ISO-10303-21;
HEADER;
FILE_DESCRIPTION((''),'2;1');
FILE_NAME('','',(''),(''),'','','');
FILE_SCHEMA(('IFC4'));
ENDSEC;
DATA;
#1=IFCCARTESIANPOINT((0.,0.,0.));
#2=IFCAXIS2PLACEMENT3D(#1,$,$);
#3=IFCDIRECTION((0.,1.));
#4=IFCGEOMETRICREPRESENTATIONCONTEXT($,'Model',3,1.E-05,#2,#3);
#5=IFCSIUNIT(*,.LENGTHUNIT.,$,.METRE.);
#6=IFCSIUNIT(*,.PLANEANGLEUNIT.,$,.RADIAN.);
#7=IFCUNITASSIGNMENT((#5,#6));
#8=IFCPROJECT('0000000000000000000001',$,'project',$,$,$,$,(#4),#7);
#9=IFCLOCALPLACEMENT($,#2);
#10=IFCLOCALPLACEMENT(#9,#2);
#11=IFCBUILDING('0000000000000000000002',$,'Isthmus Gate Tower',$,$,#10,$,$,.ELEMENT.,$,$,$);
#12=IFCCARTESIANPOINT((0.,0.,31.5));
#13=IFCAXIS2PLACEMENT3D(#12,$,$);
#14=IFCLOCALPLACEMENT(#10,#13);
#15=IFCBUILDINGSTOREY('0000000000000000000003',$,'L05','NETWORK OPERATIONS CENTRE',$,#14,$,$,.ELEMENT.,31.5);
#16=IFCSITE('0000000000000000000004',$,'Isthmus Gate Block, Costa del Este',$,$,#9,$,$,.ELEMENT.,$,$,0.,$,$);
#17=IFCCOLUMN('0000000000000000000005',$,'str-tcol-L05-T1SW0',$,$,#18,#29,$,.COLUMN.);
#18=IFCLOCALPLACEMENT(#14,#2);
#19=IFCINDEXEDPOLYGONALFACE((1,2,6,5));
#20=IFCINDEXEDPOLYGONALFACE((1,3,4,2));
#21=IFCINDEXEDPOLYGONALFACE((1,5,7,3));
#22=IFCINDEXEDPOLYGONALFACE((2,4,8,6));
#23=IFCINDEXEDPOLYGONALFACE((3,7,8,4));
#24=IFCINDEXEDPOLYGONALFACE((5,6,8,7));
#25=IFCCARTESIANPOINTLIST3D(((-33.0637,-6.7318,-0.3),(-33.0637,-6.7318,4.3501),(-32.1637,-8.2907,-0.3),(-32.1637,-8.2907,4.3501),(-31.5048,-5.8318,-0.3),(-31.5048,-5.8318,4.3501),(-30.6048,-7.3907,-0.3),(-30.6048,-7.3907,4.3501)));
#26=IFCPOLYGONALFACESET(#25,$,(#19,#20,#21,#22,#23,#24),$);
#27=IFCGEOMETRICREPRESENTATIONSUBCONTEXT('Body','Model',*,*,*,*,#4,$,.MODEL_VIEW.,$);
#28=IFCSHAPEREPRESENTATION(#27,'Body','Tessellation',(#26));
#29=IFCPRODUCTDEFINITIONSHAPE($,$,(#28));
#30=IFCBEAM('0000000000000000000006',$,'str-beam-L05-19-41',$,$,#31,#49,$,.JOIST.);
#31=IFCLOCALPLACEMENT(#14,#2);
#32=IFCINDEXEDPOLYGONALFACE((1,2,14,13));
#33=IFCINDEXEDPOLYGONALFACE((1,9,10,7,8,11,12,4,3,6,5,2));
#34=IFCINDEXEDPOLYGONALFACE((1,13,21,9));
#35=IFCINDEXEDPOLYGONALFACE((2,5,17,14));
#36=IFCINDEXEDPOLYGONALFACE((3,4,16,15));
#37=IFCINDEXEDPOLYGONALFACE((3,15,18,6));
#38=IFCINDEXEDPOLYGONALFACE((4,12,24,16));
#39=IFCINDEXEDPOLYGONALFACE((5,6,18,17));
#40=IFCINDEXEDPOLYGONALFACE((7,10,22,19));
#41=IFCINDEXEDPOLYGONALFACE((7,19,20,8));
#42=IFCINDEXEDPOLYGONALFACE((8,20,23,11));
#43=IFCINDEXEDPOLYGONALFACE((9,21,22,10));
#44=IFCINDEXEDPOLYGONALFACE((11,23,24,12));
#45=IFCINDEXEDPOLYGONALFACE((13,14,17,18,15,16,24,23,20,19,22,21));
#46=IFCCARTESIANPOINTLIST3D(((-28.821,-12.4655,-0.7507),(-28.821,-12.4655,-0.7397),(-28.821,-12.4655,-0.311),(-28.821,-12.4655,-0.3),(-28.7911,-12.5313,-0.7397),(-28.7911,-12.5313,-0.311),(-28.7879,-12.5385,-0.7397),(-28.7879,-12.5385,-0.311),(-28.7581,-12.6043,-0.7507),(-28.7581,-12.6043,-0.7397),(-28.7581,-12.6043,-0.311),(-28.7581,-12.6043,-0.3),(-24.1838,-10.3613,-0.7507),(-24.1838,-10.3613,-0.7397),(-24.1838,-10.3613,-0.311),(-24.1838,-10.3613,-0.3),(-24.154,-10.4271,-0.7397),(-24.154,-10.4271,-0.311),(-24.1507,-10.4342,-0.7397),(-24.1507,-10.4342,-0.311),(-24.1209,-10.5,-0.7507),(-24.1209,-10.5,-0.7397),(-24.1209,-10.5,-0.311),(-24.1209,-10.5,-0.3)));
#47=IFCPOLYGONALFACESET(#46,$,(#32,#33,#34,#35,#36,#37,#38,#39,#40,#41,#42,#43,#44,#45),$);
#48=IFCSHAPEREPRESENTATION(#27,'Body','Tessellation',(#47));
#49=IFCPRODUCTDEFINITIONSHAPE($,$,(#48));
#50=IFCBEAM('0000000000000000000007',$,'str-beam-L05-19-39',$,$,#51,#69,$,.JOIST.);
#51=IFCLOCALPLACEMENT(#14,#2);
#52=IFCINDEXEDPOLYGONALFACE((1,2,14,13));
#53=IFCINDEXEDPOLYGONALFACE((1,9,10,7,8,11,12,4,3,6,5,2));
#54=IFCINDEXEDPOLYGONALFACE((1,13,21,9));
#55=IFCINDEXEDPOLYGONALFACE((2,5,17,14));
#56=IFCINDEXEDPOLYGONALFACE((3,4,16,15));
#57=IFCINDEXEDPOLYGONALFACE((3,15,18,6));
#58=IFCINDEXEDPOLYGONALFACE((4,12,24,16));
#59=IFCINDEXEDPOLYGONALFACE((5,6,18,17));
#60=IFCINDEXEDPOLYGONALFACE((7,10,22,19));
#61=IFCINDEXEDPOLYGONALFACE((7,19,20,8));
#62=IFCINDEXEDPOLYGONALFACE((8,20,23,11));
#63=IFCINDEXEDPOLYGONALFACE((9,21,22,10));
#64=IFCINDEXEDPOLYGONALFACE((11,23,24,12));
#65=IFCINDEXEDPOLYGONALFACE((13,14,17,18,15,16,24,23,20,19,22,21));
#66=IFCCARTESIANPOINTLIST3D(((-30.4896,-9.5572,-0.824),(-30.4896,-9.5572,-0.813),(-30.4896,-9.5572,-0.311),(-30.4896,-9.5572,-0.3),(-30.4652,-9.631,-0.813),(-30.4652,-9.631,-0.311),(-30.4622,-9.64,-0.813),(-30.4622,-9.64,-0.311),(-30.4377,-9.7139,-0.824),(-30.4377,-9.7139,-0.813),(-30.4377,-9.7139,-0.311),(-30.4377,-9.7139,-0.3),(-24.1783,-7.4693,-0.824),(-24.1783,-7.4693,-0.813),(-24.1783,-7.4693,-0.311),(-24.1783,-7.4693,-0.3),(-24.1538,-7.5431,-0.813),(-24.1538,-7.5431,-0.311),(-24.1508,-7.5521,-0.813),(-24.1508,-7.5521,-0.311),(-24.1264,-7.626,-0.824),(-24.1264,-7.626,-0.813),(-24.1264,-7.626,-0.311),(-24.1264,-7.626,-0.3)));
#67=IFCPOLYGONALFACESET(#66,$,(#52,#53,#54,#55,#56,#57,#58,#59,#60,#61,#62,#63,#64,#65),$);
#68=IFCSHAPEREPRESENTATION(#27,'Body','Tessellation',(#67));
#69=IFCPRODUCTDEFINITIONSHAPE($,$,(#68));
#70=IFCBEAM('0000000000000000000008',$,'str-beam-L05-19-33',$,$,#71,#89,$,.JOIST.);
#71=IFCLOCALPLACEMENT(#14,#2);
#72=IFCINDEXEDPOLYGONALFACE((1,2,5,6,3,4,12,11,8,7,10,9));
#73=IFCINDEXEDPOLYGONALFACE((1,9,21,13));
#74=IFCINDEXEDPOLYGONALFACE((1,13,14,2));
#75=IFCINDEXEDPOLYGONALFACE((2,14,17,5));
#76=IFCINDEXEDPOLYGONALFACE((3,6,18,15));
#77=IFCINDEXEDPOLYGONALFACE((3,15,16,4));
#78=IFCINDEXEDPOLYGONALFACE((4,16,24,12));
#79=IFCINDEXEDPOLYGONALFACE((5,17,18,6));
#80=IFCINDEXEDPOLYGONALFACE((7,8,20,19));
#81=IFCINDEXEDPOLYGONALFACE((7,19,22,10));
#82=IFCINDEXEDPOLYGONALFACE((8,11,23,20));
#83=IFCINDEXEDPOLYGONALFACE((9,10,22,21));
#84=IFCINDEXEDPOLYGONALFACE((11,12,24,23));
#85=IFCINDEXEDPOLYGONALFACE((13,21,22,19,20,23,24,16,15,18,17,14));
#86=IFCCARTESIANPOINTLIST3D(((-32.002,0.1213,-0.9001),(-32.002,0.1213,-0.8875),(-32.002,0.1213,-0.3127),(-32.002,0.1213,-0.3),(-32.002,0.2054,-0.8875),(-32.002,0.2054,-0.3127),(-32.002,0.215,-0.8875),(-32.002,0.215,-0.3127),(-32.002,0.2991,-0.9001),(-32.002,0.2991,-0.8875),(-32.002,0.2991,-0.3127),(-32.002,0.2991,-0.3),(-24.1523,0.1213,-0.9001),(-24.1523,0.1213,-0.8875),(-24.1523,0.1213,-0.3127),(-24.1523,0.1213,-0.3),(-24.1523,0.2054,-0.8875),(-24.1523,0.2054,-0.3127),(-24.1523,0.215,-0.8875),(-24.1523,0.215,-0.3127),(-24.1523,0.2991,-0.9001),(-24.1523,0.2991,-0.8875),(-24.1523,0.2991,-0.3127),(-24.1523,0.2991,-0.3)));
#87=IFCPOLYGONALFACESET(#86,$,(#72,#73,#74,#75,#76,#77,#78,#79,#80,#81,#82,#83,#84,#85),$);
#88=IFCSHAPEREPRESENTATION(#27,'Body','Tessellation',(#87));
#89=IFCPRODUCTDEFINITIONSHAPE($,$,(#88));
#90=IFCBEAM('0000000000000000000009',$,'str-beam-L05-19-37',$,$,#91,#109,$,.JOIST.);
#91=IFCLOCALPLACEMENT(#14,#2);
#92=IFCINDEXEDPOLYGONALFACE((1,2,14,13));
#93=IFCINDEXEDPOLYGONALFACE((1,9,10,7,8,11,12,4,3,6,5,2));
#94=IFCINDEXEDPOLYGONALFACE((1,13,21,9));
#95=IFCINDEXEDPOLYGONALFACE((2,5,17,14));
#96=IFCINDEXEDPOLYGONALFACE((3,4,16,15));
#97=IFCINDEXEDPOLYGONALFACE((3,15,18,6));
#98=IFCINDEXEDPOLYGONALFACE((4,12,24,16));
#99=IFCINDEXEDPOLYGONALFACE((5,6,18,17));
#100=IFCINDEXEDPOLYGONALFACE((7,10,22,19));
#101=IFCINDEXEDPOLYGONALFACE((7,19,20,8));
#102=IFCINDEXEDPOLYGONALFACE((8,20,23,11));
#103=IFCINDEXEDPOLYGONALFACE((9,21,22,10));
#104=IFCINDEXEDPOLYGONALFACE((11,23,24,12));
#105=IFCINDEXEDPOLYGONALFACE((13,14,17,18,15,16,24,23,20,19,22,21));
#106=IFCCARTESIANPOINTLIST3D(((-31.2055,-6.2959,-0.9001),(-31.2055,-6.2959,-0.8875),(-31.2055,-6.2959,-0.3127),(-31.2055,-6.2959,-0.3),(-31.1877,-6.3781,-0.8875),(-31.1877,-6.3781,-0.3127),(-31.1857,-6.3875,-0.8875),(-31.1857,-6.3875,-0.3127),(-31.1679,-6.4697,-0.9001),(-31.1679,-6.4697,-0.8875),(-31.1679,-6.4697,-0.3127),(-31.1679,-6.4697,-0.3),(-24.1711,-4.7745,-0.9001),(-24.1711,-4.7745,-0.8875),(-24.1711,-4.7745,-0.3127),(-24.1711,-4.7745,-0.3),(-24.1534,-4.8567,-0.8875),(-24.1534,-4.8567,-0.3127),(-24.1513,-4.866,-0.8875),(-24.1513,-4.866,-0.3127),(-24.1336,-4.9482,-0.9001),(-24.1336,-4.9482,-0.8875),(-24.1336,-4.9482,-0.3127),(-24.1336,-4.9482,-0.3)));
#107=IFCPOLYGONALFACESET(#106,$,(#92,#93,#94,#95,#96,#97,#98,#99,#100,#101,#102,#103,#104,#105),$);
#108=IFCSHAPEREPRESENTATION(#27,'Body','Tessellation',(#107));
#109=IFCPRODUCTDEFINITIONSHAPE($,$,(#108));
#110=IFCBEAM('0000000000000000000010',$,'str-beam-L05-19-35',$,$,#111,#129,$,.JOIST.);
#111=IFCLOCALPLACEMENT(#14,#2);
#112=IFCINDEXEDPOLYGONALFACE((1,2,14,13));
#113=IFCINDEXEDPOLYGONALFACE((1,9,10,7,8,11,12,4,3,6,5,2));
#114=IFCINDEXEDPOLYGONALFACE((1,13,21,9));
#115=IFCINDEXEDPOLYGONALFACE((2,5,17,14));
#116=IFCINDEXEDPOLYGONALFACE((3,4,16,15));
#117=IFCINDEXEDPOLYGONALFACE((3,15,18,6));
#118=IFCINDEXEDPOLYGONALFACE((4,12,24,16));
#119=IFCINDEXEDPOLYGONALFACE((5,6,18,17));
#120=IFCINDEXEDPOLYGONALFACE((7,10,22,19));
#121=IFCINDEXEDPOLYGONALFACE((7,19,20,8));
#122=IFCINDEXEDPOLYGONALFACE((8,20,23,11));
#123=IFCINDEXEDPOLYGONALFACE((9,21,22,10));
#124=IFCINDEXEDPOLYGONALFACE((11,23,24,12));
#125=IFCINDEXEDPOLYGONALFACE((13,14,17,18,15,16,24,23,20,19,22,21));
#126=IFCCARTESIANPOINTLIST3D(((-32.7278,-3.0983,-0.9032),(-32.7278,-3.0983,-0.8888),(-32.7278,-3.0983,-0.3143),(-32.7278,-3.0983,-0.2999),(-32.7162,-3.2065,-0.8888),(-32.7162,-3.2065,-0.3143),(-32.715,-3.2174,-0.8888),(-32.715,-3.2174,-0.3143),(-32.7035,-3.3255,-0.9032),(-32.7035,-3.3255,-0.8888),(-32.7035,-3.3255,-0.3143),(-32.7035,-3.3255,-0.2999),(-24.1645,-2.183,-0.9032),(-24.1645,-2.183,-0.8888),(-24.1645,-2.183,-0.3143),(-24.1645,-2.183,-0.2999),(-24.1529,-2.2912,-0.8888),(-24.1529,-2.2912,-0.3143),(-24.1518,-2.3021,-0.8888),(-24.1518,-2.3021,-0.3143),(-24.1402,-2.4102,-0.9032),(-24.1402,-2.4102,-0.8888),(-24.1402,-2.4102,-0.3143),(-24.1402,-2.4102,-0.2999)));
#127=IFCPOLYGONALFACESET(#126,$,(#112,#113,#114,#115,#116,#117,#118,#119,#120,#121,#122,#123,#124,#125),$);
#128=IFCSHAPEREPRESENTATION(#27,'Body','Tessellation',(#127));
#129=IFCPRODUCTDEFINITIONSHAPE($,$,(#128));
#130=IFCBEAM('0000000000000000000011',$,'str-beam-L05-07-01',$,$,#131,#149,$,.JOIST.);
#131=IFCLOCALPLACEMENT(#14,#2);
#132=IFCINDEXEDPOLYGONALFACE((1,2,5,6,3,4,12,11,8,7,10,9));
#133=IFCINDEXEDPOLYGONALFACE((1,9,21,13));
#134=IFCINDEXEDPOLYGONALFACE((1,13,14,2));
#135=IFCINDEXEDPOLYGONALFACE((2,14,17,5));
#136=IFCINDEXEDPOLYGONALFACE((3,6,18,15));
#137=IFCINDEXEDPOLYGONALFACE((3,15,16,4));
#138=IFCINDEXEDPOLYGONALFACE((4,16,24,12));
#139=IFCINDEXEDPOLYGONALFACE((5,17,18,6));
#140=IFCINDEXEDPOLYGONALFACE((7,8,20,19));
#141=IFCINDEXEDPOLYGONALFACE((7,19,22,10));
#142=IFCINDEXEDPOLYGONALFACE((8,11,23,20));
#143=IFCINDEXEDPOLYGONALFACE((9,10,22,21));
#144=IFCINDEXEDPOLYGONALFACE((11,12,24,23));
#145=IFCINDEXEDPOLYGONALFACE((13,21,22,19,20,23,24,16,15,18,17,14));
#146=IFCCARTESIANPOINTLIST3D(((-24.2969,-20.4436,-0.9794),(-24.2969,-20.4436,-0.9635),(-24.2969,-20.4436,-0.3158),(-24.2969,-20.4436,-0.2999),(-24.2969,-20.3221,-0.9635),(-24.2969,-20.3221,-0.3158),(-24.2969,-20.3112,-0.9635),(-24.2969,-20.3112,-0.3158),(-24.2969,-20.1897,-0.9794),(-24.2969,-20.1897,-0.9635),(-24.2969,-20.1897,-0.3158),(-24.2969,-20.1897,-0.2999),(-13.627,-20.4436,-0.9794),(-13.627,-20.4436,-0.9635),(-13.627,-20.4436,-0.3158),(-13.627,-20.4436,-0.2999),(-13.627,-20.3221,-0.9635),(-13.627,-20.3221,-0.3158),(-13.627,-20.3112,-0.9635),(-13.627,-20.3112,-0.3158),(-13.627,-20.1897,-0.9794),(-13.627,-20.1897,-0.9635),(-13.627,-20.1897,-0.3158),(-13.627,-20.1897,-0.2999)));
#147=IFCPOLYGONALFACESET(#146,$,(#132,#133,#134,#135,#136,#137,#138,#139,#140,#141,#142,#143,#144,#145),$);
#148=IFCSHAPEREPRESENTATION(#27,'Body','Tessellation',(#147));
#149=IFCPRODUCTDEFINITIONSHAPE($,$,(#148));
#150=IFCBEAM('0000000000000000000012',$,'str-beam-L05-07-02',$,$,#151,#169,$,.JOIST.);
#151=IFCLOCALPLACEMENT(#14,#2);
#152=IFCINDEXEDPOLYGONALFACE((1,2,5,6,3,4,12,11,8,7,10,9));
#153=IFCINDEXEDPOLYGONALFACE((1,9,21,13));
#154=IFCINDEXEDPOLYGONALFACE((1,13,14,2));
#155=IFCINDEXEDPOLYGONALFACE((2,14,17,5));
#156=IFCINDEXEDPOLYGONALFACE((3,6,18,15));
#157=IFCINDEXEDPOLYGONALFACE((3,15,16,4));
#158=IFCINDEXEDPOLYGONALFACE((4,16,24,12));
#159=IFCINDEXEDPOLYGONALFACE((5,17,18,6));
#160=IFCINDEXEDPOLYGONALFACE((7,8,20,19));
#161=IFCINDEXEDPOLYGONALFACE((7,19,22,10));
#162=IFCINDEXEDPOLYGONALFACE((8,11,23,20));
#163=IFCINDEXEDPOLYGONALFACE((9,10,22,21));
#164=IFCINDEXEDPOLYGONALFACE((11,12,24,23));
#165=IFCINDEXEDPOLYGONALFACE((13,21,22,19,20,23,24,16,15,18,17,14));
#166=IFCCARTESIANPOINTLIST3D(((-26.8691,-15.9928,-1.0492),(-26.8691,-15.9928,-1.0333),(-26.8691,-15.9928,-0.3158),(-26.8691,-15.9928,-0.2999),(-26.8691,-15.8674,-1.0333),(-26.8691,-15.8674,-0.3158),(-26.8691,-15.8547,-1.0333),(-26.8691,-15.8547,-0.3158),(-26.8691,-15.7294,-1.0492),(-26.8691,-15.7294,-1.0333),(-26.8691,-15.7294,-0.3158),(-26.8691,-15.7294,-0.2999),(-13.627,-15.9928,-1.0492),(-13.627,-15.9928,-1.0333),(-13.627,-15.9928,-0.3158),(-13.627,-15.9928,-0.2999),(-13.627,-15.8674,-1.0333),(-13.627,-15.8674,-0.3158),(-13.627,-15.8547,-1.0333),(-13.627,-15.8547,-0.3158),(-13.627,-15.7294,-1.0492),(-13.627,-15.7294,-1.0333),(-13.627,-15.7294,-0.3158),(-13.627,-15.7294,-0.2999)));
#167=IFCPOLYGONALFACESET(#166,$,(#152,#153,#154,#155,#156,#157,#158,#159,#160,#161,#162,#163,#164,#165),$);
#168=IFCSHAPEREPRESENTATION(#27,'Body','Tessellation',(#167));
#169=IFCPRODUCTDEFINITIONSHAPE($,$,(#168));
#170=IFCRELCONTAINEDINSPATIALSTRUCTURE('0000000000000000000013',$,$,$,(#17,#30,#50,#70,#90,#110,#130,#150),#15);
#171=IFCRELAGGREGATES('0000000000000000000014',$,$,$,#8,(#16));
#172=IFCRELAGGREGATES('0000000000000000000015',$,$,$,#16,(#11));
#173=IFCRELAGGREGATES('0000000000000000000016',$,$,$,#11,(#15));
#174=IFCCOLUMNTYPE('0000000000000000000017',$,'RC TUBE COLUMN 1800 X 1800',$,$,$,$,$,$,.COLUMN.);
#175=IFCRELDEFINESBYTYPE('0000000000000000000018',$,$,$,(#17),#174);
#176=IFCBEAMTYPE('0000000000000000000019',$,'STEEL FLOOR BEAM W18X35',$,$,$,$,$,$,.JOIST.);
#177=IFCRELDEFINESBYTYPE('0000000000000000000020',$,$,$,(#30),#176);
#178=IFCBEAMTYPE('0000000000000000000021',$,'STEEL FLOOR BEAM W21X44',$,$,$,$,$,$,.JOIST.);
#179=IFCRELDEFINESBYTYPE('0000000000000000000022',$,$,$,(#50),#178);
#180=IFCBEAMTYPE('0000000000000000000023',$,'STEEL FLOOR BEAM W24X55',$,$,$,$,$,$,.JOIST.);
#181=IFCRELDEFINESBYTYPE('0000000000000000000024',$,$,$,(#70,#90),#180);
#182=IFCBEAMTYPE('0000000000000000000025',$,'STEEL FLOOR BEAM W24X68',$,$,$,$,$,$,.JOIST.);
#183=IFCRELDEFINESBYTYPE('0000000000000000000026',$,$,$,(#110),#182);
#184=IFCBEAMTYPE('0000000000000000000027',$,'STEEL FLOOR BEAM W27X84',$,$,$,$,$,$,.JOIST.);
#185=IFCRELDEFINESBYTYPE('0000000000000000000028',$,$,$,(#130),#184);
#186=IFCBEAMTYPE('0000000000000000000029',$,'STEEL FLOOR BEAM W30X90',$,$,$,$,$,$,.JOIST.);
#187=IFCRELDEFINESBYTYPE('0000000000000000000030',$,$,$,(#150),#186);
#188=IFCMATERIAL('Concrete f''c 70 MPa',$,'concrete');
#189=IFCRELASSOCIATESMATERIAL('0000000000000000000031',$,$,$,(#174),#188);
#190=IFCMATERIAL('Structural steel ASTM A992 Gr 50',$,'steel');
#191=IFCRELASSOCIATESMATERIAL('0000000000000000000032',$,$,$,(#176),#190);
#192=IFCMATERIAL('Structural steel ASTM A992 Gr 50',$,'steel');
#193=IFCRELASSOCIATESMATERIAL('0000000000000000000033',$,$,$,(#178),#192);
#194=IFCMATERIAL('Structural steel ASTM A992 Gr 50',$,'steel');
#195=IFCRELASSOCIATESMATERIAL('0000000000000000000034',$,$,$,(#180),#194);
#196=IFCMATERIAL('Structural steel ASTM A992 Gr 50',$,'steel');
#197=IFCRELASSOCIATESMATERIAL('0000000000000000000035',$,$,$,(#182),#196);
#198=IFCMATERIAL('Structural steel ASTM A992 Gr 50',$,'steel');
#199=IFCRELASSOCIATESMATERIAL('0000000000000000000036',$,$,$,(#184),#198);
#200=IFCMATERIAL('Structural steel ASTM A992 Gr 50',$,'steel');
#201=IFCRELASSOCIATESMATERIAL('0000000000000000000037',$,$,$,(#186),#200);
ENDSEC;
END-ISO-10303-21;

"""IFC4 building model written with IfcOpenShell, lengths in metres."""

from ifc_helpers import new_model, si_unit, direction, frame, origin, origin_2d, place, context, subcontext, project, spatial, rectangle, i_section, extrude, material, material_profile, profile_set, type_object, element, save


model = new_model("IFC4")

# Units and contexts
model_context = context("Model", 3, precision=1e-05, world=origin(), true_north=direction((0.0, 1.0)))
body_context = subcontext(model_context, "Body", "Model", "MODEL_VIEW")
ifc_project = project(units=[si_unit("LENGTHUNIT", "METRE"), si_unit("PLANEANGLEUNIT", "RADIAN")], contexts=[model_context])

# Site, building, storey
site_placement = place(None, origin())
site = spatial("IfcSite", under=ifc_project, at=site_placement, Name="Isthmus Gate Block, Costa del Este", CompositionType="ELEMENT", RefElevation=0.0)
building_placement = place(site_placement, origin())
building = spatial("IfcBuilding", under=site, at=building_placement, Name="Isthmus Gate Tower", CompositionType="ELEMENT")
storey_placement = place(building_placement, frame((0.0, 0.0, 31.5)))
storey = spatial("IfcBuildingStorey", under=building, at=storey_placement, Name="L05", Description="NETWORK OPERATIONS CENTRE", CompositionType="ELEMENT", Elevation=31.5)

# Column
ifc_material_1 = material(Name="Concrete f'c 70 MPa", Category="concrete")
ifc_material_profile_1 = material_profile(ifc_material_1, rectangle(XDim=1.8, YDim=1.8, at=origin_2d()), Name="RC 1800X1800")
ifc_profile_set_1 = profile_set([ifc_material_profile_1], Name="Concrete f'c 70 MPa")
column_type = type_object("IfcColumnType", Name="RC TUBE COLUMN 1800 X 1800", PredefinedType="COLUMN", material=ifc_profile_set_1)
column_placement = place(storey_placement, frame((-31.8342, -7.0613, -0.3), z_axis=(0.0, 0.0, 1.0), x_axis=(0.5, -0.866025, 0.0)))
element("IfcColumn", 1, at=column_placement, inside=storey, type_object=column_type, Name="str-tcol-L05-T1SW0", PredefinedType="COLUMN", context=body_context, shape_type="SweptSolid", body=[
    extrude(rectangle(XDim=1.8, YDim=1.8, at=origin_2d()), origin(), (0.0, 0.0, 1.0), 4.6501),
])

# Beams
ifc_material_2 = material(Name="Structural steel ASTM A992 Gr 50", Category="steel")
ifc_material_profile_2 = material_profile(ifc_material_2, i_section(OverallWidth=0.1523, OverallDepth=0.4507, WebThickness=0.0078, FlangeThickness=0.011, at=origin_2d()), Name="W18X35")
ifc_profile_set_2 = profile_set([ifc_material_profile_2], Name="Structural steel ASTM A992 Gr 50")
beam_type_1 = type_object("IfcBeamType", Name="STEEL FLOOR BEAM W18X35", PredefinedType="JOIST", material=ifc_profile_set_2)
beam_1_placement = place(storey_placement, frame((-24.1523, -10.4307, -0.5254), z_axis=(-0.910631, -0.413221, 0.0), x_axis=(0.413221, -0.910631, 0.0)))
element("IfcBeam", 2, at=beam_1_placement, inside=storey, type_object=beam_type_1, Name="str-beam-L05-19-41", PredefinedType="JOIST", context=body_context, shape_type="SweptSolid", body=[
    extrude(i_section(OverallWidth=0.1523, OverallDepth=0.4507, WebThickness=0.0078, FlangeThickness=0.011, at=origin_2d()), origin(), (0.0, 0.0, 1.0), 5.0923),
])
ifc_material_3 = material(Name="Structural steel ASTM A992 Gr 50", Category="steel")
ifc_material_profile_3 = material_profile(ifc_material_3, i_section(OverallWidth=0.165, OverallDepth=0.5239, WebThickness=0.0095, FlangeThickness=0.011, at=origin_2d()), Name="W21X44")
ifc_profile_set_3 = profile_set([ifc_material_profile_3], Name="Structural steel ASTM A992 Gr 50")
beam_type_2 = type_object("IfcBeamType", Name="STEEL FLOOR BEAM W21X44", PredefinedType="JOIST", material=ifc_profile_set_3)
beam_2_placement = place(storey_placement, frame((-24.1523, -7.5476, -0.562), z_axis=(-0.949397, -0.314078, 0.0), x_axis=(0.314078, -0.949397, 0.0)))
element("IfcBeam", 3, at=beam_2_placement, inside=storey, type_object=beam_type_2, Name="str-beam-L05-19-39", PredefinedType="JOIST", context=body_context, shape_type="SweptSolid", body=[
    extrude(i_section(OverallWidth=0.165, OverallDepth=0.5239, WebThickness=0.0095, FlangeThickness=0.011, at=origin_2d()), origin(), (0.0, 0.0, 1.0), 6.6477),
])
ifc_material_4 = material(Name="Structural steel ASTM A992 Gr 50", Category="steel")
ifc_material_profile_4 = material_profile(ifc_material_4, i_section(OverallWidth=0.1777, OverallDepth=0.6001, WebThickness=0.0095, FlangeThickness=0.0127, at=origin_2d()), Name="W24X55")
ifc_profile_set_4 = profile_set([ifc_material_profile_4], Name="Structural steel ASTM A992 Gr 50")
beam_type_3 = type_object("IfcBeamType", Name="STEEL FLOOR BEAM W24X55", PredefinedType="JOIST", material=ifc_profile_set_4)
beam_3_placement = place(storey_placement, frame((-24.1523, 0.2102, -0.6001), z_axis=(-1.0, 0.0, 0.0), x_axis=(0.0, -1.0, 0.0)))
element("IfcBeam", 4, at=beam_3_placement, inside=storey, type_object=beam_type_3, Name="str-beam-L05-19-33", PredefinedType="JOIST", context=body_context, shape_type="SweptSolid", body=[
    extrude(i_section(OverallWidth=0.1777, OverallDepth=0.6001, WebThickness=0.0095, FlangeThickness=0.0127, at=origin_2d()), origin(), (0.0, 0.0, 1.0), 7.8496),
])
beam_4_placement = place(storey_placement, frame((-24.1523, -4.8613, -0.6001), z_axis=(-0.977399, -0.211403, 0.0), x_axis=(0.211403, -0.977399, 0.0)))
element("IfcBeam", 5, at=beam_4_placement, inside=storey, type_object=beam_type_3, Name="str-beam-L05-19-37", PredefinedType="JOIST", context=body_context, shape_type="SweptSolid", body=[
    extrude(i_section(OverallWidth=0.1777, OverallDepth=0.6001, WebThickness=0.0095, FlangeThickness=0.0127, at=origin_2d()), origin(), (0.0, 0.0, 1.0), 7.197),
])
ifc_material_5 = material(Name="Structural steel ASTM A992 Gr 50", Category="steel")
ifc_material_profile_5 = material_profile(ifc_material_5, i_section(OverallWidth=0.2285, OverallDepth=0.6033, WebThickness=0.011, FlangeThickness=0.0144, at=origin_2d()), Name="W24X68")
ifc_profile_set_5 = profile_set([ifc_material_profile_5], Name="Structural steel ASTM A992 Gr 50")
beam_type_4 = type_object("IfcBeamType", Name="STEEL FLOOR BEAM W24X68", PredefinedType="JOIST", material=ifc_profile_set_5)
beam_5_placement = place(storey_placement, frame((-24.1523, -2.2966, -0.6016), z_axis=(-0.994336, -0.10628, 0.0), x_axis=(0.10628, -0.994336, 0.0)))
element("IfcBeam", 6, at=beam_5_placement, inside=storey, type_object=beam_type_4, Name="str-beam-L05-19-35", PredefinedType="JOIST", context=body_context, shape_type="SweptSolid", body=[
    extrude(i_section(OverallWidth=0.2285, OverallDepth=0.6033, WebThickness=0.011, FlangeThickness=0.0144, at=origin_2d()), origin(), (0.0, 0.0, 1.0), 8.6121),
])
ifc_material_6 = material(Name="Structural steel ASTM A992 Gr 50", Category="steel")
ifc_material_profile_6 = material_profile(ifc_material_6, i_section(OverallWidth=0.2539, OverallDepth=0.6794, WebThickness=0.011, FlangeThickness=0.0159, at=origin_2d()), Name="W27X84")
ifc_profile_set_6 = profile_set([ifc_material_profile_6], Name="Structural steel ASTM A992 Gr 50")
beam_type_5 = type_object("IfcBeamType", Name="STEEL FLOOR BEAM W27X84", PredefinedType="JOIST", material=ifc_profile_set_6)
beam_6_placement = place(storey_placement, frame((-24.2969, -20.3167, -0.6396), z_axis=(1.0, 0.0, 0.0), x_axis=(0.0, 1.0, 0.0)))
element("IfcBeam", 7, at=beam_6_placement, inside=storey, type_object=beam_type_5, Name="str-beam-L05-07-01", PredefinedType="JOIST", context=body_context, shape_type="SweptSolid", body=[
    extrude(i_section(OverallWidth=0.2539, OverallDepth=0.6794, WebThickness=0.011, FlangeThickness=0.0159, at=origin_2d()), origin(), (0.0, 0.0, 1.0), 10.6699),
])
ifc_material_7 = material(Name="Structural steel ASTM A992 Gr 50", Category="steel")
ifc_material_profile_7 = material_profile(ifc_material_7, i_section(OverallWidth=0.2634, OverallDepth=0.7493, WebThickness=0.0127, FlangeThickness=0.0159, at=origin_2d()), Name="W30X90")
ifc_profile_set_7 = profile_set([ifc_material_profile_7], Name="Structural steel ASTM A992 Gr 50")
beam_type_6 = type_object("IfcBeamType", Name="STEEL FLOOR BEAM W30X90", PredefinedType="JOIST", material=ifc_profile_set_7)
beam_7_placement = place(storey_placement, frame((-26.8691, -15.8611, -0.6746), z_axis=(1.0, 0.0, 0.0), x_axis=(0.0, 1.0, 0.0)))
element("IfcBeam", 8, at=beam_7_placement, inside=storey, type_object=beam_type_6, Name="str-beam-L05-07-02", PredefinedType="JOIST", context=body_context, shape_type="SweptSolid", body=[
    extrude(i_section(OverallWidth=0.2634, OverallDepth=0.7493, WebThickness=0.0127, FlangeThickness=0.0159, at=origin_2d()), origin(), (0.0, 0.0, 1.0), 13.2422),
])

save(model, "model.ifc")
